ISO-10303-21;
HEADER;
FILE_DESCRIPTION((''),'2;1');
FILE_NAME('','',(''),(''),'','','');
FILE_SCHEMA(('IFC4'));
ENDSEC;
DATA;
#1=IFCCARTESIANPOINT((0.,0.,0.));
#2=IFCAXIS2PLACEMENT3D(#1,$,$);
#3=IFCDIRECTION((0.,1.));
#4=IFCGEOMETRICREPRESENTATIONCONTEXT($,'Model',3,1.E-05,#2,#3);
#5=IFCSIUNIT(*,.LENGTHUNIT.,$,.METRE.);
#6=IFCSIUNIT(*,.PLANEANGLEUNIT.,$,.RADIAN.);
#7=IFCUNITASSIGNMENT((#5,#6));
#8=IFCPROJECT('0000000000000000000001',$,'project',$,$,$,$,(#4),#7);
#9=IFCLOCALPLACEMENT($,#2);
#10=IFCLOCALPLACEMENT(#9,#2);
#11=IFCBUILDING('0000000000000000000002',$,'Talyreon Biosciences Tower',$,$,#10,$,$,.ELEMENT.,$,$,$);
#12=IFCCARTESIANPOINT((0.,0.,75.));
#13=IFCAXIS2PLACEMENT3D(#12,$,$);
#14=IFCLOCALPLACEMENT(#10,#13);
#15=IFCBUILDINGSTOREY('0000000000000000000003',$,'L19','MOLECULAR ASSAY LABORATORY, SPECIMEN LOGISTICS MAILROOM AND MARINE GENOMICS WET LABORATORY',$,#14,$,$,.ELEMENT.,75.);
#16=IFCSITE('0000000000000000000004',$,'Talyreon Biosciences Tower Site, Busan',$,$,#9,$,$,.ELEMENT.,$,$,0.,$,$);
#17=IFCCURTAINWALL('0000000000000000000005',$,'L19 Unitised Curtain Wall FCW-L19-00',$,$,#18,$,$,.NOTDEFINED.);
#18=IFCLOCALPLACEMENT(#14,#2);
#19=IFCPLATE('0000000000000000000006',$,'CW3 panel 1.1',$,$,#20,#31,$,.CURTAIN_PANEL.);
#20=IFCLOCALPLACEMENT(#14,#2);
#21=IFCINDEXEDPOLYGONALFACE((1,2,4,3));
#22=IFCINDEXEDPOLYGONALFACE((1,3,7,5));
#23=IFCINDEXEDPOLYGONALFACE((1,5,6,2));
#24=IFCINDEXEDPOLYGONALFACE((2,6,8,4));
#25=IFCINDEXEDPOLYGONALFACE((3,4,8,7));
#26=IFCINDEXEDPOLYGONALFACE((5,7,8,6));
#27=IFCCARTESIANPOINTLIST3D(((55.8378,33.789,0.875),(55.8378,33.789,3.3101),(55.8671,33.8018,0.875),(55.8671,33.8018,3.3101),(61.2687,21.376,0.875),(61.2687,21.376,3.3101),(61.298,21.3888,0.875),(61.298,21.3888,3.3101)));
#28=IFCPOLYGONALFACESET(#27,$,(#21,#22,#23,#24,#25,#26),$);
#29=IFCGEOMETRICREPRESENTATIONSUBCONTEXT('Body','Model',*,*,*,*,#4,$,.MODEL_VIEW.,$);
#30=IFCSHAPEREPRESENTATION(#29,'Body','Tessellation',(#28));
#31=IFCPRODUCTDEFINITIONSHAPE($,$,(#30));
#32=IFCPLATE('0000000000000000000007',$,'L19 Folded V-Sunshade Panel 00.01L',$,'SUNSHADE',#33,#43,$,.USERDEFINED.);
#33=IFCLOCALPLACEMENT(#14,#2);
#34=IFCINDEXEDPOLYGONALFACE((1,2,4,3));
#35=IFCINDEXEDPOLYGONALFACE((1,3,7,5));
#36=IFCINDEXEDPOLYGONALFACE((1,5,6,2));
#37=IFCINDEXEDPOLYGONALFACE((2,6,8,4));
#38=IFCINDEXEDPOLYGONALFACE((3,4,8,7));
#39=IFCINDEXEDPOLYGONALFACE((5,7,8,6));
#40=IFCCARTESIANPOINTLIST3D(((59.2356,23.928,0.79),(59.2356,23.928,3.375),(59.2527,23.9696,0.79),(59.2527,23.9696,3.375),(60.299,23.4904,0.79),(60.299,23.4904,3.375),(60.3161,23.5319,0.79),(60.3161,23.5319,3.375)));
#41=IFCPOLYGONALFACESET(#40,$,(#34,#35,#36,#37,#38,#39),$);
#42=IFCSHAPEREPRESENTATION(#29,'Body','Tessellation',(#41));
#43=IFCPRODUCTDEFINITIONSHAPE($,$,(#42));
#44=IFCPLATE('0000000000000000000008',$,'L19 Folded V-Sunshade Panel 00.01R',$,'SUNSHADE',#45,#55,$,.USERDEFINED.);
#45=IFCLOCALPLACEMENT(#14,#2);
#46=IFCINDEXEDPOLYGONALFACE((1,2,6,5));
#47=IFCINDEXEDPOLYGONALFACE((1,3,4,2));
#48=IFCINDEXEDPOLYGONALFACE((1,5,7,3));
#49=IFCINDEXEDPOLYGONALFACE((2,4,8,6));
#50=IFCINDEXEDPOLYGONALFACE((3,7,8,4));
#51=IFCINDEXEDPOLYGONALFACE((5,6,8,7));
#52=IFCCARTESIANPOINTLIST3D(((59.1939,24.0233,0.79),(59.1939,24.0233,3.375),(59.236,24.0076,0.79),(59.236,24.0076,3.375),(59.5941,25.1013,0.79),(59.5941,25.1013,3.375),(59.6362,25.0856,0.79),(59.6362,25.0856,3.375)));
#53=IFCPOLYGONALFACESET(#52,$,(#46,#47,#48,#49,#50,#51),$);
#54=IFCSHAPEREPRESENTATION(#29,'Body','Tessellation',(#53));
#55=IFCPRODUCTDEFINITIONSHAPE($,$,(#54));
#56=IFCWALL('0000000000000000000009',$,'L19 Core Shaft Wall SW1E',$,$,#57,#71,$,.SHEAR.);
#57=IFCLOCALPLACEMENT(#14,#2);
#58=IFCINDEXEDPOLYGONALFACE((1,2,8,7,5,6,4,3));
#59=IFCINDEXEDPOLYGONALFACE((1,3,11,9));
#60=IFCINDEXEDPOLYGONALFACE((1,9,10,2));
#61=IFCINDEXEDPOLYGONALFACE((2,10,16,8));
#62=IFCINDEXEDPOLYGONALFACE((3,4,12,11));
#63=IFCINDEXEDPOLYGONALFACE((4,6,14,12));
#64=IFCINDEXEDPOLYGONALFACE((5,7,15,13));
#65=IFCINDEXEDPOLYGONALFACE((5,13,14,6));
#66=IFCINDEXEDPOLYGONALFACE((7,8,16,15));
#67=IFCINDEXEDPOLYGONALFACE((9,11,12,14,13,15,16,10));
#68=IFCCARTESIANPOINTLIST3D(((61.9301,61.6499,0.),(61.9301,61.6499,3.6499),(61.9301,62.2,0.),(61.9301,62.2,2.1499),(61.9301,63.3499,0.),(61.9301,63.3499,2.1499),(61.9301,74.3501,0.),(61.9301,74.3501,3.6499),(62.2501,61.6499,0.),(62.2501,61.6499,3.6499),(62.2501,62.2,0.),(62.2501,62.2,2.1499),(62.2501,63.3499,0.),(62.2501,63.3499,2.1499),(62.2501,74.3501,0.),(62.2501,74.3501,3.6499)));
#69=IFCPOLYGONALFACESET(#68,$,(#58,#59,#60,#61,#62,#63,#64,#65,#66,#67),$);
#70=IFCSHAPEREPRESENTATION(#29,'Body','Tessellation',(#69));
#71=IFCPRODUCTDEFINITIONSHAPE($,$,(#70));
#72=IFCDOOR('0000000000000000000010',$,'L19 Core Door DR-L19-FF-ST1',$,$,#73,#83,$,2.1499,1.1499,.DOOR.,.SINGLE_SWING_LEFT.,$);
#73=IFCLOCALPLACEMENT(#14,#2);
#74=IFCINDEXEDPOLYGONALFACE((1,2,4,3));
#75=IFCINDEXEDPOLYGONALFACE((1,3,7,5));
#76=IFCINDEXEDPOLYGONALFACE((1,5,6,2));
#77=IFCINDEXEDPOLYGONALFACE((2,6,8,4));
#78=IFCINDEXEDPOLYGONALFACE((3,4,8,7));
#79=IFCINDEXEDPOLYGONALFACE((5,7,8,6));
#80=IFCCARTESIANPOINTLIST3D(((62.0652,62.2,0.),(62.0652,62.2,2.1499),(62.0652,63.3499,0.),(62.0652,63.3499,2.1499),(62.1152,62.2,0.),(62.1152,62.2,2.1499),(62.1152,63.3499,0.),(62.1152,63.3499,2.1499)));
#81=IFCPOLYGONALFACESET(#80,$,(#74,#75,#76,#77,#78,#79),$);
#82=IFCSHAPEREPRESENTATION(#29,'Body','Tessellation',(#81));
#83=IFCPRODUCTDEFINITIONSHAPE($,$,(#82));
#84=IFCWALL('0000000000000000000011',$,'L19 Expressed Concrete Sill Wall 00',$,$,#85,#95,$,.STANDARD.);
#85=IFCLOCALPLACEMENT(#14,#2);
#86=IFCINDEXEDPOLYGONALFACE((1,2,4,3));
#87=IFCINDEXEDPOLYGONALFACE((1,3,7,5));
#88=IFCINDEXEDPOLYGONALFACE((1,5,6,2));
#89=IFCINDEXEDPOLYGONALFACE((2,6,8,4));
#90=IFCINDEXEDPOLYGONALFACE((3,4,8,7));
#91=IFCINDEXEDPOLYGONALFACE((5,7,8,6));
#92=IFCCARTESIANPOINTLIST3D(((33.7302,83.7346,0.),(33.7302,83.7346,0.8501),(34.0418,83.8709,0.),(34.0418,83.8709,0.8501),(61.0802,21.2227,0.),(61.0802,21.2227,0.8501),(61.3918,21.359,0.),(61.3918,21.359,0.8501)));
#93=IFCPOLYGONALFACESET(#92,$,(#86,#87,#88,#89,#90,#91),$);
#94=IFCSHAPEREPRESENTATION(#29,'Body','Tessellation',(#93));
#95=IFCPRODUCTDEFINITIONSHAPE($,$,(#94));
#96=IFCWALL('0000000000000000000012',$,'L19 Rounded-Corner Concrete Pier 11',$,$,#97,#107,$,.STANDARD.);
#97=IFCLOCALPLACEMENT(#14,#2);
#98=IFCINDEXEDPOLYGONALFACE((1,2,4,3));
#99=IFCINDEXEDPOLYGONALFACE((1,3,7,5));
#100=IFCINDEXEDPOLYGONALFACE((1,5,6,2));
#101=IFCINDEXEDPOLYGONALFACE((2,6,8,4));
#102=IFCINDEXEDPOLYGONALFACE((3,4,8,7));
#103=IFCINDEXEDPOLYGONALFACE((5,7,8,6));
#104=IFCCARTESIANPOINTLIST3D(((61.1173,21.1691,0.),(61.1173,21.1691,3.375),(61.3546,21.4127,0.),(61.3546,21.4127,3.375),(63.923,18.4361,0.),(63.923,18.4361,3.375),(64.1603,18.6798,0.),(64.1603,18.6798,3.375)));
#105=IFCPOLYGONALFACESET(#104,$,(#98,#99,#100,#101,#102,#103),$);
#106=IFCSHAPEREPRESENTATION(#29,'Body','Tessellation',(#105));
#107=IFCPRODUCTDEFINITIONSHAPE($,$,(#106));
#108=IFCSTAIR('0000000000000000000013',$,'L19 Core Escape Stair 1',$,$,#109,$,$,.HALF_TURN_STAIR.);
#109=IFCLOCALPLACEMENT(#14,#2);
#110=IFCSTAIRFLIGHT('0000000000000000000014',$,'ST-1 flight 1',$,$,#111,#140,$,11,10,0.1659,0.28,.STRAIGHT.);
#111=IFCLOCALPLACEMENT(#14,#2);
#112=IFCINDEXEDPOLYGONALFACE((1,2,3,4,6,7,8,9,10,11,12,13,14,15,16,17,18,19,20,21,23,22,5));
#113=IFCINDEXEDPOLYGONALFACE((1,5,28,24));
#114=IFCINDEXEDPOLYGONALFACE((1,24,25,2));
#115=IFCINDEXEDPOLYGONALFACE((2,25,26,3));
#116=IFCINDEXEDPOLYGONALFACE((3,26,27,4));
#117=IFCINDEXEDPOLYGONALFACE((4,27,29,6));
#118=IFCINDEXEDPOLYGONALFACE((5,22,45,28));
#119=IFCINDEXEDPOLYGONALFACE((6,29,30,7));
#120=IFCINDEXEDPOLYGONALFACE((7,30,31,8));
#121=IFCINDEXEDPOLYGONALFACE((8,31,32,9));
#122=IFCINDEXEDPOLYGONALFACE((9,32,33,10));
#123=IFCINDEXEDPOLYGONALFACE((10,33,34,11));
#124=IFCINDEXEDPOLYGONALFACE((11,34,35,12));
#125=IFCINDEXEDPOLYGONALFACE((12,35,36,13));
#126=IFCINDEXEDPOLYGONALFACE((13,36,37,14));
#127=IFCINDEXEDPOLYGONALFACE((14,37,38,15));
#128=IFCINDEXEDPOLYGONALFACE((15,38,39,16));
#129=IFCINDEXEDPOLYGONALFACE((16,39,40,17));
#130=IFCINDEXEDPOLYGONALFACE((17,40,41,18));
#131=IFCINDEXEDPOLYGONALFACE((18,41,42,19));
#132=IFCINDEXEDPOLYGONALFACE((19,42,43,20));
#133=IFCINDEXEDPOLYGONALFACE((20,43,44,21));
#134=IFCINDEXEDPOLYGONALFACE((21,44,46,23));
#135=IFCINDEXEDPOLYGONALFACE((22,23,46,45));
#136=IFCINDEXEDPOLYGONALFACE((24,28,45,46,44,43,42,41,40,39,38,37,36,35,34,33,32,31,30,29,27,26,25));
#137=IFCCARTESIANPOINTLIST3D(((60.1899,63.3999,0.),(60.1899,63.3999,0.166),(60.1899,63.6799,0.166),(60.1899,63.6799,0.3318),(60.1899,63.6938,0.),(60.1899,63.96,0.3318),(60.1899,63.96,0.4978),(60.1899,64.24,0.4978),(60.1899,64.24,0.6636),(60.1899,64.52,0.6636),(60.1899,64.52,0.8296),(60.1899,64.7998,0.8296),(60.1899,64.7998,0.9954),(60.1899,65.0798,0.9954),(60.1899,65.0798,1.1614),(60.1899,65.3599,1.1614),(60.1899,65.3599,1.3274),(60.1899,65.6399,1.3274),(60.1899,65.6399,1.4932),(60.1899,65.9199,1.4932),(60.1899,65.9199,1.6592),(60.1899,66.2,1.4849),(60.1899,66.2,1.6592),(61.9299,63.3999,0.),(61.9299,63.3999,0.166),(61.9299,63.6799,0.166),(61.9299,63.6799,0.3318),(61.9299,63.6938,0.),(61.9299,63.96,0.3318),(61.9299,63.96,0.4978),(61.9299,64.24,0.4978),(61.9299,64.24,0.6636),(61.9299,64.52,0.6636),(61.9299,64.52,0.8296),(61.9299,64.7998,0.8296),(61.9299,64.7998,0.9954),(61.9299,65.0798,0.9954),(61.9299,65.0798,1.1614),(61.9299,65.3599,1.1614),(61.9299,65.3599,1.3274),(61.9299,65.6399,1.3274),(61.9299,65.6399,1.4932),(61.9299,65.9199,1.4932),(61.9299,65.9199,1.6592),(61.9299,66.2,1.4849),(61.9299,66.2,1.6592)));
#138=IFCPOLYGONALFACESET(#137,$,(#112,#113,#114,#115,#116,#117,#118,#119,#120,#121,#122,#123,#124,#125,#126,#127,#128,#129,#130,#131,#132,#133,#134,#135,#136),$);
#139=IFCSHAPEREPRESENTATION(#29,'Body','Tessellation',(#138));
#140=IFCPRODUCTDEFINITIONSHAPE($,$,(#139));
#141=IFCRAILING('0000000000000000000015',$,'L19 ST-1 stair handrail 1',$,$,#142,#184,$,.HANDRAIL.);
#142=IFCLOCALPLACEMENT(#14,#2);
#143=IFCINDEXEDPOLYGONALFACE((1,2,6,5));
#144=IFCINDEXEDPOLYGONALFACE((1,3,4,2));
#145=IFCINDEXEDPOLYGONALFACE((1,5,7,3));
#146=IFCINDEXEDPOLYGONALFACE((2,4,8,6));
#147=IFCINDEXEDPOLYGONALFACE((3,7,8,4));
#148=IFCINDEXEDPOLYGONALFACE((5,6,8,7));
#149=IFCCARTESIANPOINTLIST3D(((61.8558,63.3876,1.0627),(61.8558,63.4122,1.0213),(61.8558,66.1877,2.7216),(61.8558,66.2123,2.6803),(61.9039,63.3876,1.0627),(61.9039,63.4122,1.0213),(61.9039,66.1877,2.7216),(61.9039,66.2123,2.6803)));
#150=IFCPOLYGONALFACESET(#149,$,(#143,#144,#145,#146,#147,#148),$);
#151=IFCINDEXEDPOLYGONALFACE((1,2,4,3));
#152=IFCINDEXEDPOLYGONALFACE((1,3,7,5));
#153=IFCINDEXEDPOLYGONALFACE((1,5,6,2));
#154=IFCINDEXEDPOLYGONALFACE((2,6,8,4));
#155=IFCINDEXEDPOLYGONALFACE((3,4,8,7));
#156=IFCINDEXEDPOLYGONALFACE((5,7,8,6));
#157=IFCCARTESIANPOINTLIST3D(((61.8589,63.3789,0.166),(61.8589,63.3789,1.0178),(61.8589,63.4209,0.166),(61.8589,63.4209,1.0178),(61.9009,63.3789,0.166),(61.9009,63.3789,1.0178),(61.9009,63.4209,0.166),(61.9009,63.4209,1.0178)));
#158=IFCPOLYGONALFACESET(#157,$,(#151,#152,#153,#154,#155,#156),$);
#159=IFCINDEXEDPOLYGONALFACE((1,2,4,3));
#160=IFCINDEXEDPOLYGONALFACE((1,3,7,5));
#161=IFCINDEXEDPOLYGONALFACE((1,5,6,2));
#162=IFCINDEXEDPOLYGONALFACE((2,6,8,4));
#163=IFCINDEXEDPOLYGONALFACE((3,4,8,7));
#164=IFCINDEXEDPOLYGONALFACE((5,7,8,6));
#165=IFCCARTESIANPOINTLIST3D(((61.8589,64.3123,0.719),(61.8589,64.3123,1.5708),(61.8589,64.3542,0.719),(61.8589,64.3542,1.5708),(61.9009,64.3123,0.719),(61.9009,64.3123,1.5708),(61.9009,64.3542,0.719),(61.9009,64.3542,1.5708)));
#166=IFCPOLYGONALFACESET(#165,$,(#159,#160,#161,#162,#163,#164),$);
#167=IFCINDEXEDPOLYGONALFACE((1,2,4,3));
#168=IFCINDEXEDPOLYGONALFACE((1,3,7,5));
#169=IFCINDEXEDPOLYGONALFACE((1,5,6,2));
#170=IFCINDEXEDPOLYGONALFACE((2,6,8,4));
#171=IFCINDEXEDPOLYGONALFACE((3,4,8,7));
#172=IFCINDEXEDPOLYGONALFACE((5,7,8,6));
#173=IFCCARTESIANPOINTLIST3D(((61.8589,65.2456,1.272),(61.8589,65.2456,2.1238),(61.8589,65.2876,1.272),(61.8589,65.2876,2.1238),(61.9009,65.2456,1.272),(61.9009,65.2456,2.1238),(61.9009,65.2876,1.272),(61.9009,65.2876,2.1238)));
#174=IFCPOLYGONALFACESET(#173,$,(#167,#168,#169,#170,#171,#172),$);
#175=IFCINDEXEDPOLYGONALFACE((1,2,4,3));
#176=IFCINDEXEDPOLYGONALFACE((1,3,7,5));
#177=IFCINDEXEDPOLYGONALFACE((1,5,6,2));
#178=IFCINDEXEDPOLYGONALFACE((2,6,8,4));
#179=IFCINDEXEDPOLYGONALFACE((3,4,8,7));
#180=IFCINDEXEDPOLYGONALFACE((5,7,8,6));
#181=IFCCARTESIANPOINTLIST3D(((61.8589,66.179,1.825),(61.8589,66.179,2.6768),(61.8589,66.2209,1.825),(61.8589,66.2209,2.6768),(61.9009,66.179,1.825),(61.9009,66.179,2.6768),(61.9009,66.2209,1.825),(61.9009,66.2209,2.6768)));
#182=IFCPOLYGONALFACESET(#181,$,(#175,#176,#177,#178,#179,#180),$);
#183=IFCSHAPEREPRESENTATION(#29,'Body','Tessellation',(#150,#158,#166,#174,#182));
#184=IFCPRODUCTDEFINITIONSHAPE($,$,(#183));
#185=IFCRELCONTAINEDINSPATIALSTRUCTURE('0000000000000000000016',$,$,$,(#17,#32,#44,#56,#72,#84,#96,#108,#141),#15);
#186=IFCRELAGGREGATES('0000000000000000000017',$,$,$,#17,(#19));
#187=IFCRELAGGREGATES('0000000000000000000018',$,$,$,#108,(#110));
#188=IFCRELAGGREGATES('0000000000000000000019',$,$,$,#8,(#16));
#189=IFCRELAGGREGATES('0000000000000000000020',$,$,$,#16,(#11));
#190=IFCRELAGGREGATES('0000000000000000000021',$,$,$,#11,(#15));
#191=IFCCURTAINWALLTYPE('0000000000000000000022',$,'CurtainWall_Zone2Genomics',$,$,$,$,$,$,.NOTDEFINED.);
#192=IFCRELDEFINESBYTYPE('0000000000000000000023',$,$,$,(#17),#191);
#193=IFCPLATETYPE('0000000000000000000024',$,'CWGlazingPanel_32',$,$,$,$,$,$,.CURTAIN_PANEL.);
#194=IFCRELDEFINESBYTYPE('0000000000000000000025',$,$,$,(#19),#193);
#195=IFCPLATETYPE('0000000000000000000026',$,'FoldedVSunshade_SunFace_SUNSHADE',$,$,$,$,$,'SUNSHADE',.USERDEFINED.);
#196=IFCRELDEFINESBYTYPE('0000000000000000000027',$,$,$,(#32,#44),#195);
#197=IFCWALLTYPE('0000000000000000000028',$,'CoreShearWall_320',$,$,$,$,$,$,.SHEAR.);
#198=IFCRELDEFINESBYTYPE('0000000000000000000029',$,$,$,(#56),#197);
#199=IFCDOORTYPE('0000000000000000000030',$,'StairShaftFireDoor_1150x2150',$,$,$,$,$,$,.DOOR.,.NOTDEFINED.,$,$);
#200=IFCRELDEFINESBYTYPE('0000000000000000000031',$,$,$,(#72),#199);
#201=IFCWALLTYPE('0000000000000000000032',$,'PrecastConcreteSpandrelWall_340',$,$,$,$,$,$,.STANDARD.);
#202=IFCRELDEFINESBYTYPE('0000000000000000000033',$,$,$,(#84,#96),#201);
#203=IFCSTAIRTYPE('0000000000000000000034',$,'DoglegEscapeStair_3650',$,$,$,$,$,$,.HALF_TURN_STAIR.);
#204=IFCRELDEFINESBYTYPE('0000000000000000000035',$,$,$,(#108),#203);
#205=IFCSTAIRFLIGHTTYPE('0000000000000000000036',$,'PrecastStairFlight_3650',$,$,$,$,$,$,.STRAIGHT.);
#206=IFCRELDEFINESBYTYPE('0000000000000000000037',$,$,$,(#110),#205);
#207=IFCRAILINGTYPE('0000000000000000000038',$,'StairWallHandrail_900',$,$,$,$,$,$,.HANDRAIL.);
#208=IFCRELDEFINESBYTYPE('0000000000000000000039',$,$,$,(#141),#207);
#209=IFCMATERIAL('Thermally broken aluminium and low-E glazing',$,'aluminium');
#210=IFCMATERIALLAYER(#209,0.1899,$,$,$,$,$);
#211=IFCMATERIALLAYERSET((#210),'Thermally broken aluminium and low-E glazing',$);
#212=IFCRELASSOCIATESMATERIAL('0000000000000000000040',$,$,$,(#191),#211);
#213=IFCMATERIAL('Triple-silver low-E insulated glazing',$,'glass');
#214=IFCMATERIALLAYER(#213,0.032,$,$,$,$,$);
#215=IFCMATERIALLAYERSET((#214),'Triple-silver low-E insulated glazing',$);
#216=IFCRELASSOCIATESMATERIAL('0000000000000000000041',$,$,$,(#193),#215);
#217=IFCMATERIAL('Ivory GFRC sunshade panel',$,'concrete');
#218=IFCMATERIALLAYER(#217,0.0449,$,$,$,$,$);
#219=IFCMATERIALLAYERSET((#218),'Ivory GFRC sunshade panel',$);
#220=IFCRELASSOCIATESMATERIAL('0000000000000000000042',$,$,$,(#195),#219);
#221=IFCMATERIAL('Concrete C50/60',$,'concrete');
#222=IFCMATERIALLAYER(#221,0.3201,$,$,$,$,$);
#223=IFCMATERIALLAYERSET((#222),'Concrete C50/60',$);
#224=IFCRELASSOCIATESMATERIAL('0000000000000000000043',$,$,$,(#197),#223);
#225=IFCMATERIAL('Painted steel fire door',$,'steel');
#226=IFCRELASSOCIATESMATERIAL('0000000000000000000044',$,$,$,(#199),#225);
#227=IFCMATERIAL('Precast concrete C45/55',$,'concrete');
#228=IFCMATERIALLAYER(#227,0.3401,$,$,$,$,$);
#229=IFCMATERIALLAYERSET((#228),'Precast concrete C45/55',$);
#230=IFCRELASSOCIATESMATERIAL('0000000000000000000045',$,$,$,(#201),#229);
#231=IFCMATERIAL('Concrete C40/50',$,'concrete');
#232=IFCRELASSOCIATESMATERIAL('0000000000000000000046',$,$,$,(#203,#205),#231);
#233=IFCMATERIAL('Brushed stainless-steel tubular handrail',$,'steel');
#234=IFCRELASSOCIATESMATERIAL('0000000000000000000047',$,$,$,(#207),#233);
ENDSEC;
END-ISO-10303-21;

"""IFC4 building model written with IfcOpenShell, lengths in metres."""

from ifc_helpers import new_model, si_unit, direction, frame, frame_2d, origin, origin_2d, place, context, subcontext, project, spatial, polyline, rectangle, outline, extrude, material, layer, layer_set, type_object, element, fill, aggregate, save


model = new_model("IFC4")

# Units and contexts
model_context = context("Model", 3, precision=1e-05, world=origin(), true_north=direction((0.0, 1.0)))
body_context = subcontext(model_context, "Body", "Model", "MODEL_VIEW")
ifc_project = project(units=[si_unit("LENGTHUNIT", "METRE"), si_unit("PLANEANGLEUNIT", "RADIAN")], contexts=[model_context])

# Site, building, storey
site_placement = place(None, origin())
site = spatial("IfcSite", under=ifc_project, at=site_placement, Name="Talyreon Biosciences Tower Site, Busan", CompositionType="ELEMENT", RefElevation=0.0)
building_placement = place(site_placement, origin())
building = spatial("IfcBuilding", under=site, at=building_placement, Name="Talyreon Biosciences Tower", CompositionType="ELEMENT")
storey_placement = place(building_placement, frame((0.0, 0.0, 75.0)))
storey = spatial("IfcBuildingStorey", under=building, at=storey_placement, Name="L19", Description="MOLECULAR ASSAY LABORATORY, SPECIMEN LOGISTICS MAILROOM AND MARINE GENOMICS WET LABORATORY", CompositionType="ELEMENT", Elevation=75.0)

# Shared definitions
ifc_material_1 = material(Name="Concrete C50/60", Category="concrete")

# Curtain wall
ifc_material_2 = material(Name="Thermally broken aluminium and low-E glazing", Category="aluminium")
ifc_layer_1 = layer(ifc_material_2, 0.1899)
ifc_layer_set_1 = layer_set([ifc_layer_1], Name="Thermally broken aluminium and low-E glazing")
curtain_wall_type = type_object("IfcCurtainWallType", Name="CurtainWall_Zone2Genomics", PredefinedType="NOTDEFINED", material=ifc_layer_set_1)
curtain_wall_placement = place(storey_placement, origin())
curtain_wall = element("IfcCurtainWall", 1, at=curtain_wall_placement, inside=storey, type_object=curtain_wall_type, Name="L19 Unitised Curtain Wall FCW-L19-00", PredefinedType="NOTDEFINED")

# Shared definitions
ifc_material_3 = material(Name="Precast concrete C45/55", Category="concrete")

# Plate
ifc_material_4 = material(Name="Triple-silver low-E insulated glazing", Category="glass")
ifc_layer_2 = layer(ifc_material_4, 0.032)
ifc_layer_set_2 = layer_set([ifc_layer_2], Name="Triple-silver low-E insulated glazing")
plate_type_1 = type_object("IfcPlateType", Name="CWGlazingPanel_32", PredefinedType="CURTAIN_PANEL", material=ifc_layer_set_2)
plate_placement = place(storey_placement, frame((58.5679, 27.5889, 0.875), z_axis=(0.0, 0.0, 1.0), x_axis=(-0.400831, 0.916152, 0.0)))
plate = element("IfcPlate", 2, at=plate_placement, type_object=plate_type_1, Name="CW3 panel 1.1", PredefinedType="CURTAIN_PANEL", context=body_context, shape_type="SweptSolid", body=[
    extrude(rectangle(XDim=13.5491, YDim=0.032, at=origin_2d()), origin(), (0.0, 0.0, 1.0), 2.4351),
])
aggregate(curtain_wall, [plate])

# Plates
ifc_material_5 = material(Name="Ivory GFRC sunshade panel", Category="concrete")
ifc_layer_3 = layer(ifc_material_5, 0.0449)
ifc_layer_set_3 = layer_set([ifc_layer_3], Name="Ivory GFRC sunshade panel")
plate_type_2 = type_object("IfcPlateType", Name="FoldedVSunshade_SunFace_SUNSHADE", ElementType="SUNSHADE", PredefinedType="USERDEFINED", material=ifc_layer_set_3)
for number, where, z_axis, x_axis, name in (
    (3, (59.7759, 23.73, 0.79), (0.0, 0.0, 1.0), (-0.924745, 0.380586, 0.0), "L19 Folded V-Sunshade Panel 00.01L"),
    (4, (59.415, 24.5544, 0.79), (0.0, 0.0, 1.0), (0.348081, 0.937464, 0.0), "L19 Folded V-Sunshade Panel 00.01R"),
):
    element("IfcPlate", number, at=place(storey_placement, frame(where, z_axis=z_axis, x_axis=x_axis)), inside=storey, type_object=plate_type_2, Name=name, ObjectType="SUNSHADE", PredefinedType="USERDEFINED", context=body_context, shape_type="SweptSolid", body=[
        extrude(rectangle(XDim=1.1499, YDim=0.0449, at=origin_2d()), origin(), (0.0, 0.0, 1.0), 2.585),
    ])

# Wall, opening, door
ifc_layer_4 = layer(ifc_material_1, 0.3201)
ifc_layer_set_4 = layer_set([ifc_layer_4], Name="Concrete C50/60")
wall_type_1 = type_object("IfcWallType", Name="CoreShearWall_320", PredefinedType="SHEAR", material=ifc_layer_set_4)
wall_1_placement = place(storey_placement, frame((62.0901, 61.6499, 0.0), z_axis=(0.0, 0.0, 1.0), x_axis=(0.0, 1.0, 0.0)))
wall_1 = element("IfcWall", 5, at=wall_1_placement, inside=storey, type_object=wall_type_1, Name="L19 Core Shaft Wall SW1E", PredefinedType="SHEAR", context=body_context, shape_type="SweptSolid", body=[
    extrude(rectangle(XDim=12.7002, YDim=0.3201, at=frame_2d((6.3501, 0.0))), origin(), (0.0, 0.0, 1.0), 3.6499),
])
opening_1_placement = place(wall_1_placement, frame((0.55, 0.0, 0.0)))
opening_1 = element("IfcOpeningElement", 6, at=opening_1_placement, cuts=wall_1, PredefinedType="OPENING", context=body_context, shape_type="SweptSolid", body=[
    extrude(rectangle(XDim=1.1499, YDim=2.1499, at=frame_2d((0.575, 1.075))), frame((0.0, 0.1699, 0.0), z_axis=(0.0, -1.0, 0.0), x_axis=(1.0, 0.0, 0.0)), (0.0, 0.0, 1.0), 0.3401),
])
ifc_material_6 = material(Name="Painted steel fire door", Category="steel")
door_type_1 = type_object("IfcDoorType", Name="StairShaftFireDoor_1150x2150", OperationType="NOTDEFINED", PredefinedType="DOOR", material=ifc_material_6)
door_1_placement = place(opening_1_placement, origin())
door_1 = element("IfcDoor", 7, at=door_1_placement, inside=storey, type_object=door_type_1, Name="L19 Core Door DR-L19-FF-ST1", OperationType="SINGLE_SWING_LEFT", OverallHeight=2.1499, OverallWidth=1.1499, PredefinedType="DOOR", context=body_context, shape_type="SweptSolid", body=[
    extrude(rectangle(XDim=1.1499, YDim=2.1499, at=frame_2d((0.575, 1.075))), frame((0.0, 0.0249, 0.0), z_axis=(0.0, -1.0, 0.0), x_axis=(1.0, 0.0, 0.0)), (0.0, 0.0, 1.0), 0.05),
])
fill(opening_1, door_1)

# Walls
ifc_layer_5 = layer(ifc_material_3, 0.3401)
ifc_layer_set_5 = layer_set([ifc_layer_5], Name="Precast concrete C45/55")
wall_type_2 = type_object("IfcWallType", Name="PrecastConcreteSpandrelWall_340", PredefinedType="STANDARD", material=ifc_layer_set_5)
wall_2_placement = place(storey_placement, frame((61.2361, 21.2908, 0.0), z_axis=(0.0, 0.0, 1.0), x_axis=(-0.400833, 0.916151, 0.0)))
element("IfcWall", 8, at=wall_2_placement, inside=storey, type_object=wall_type_2, Name="L19 Expressed Concrete Sill Wall 00", PredefinedType="STANDARD", context=body_context, shape_type="SweptSolid", body=[
    extrude(rectangle(XDim=68.2332, YDim=0.3401, at=frame_2d((34.1167, 0.0))), origin(), (0.0, 0.0, 1.0), 0.8501),
])
wall_3_placement = place(storey_placement, frame((64.0417, 18.5579, 0.0), z_axis=(0.0, 0.0, 1.0), x_axis=(-0.716333, 0.697758, 0.0)))
element("IfcWall", 9, at=wall_3_placement, inside=storey, type_object=wall_type_2, Name="L19 Rounded-Corner Concrete Pier 11", PredefinedType="STANDARD", context=body_context, shape_type="SweptSolid", body=[
    extrude(rectangle(XDim=3.9167, YDim=0.3401, at=frame_2d((1.9585, 0.0))), origin(), (0.0, 0.0, 1.0), 3.375),
])

# Stair, stair flight
ifc_material_7 = material(Name="Concrete C40/50", Category="concrete")
stair_type = type_object("IfcStairType", Name="DoglegEscapeStair_3650", PredefinedType="HALF_TURN_STAIR", material=ifc_material_7)
stair_placement = place(storey_placement, origin())
stair = element("IfcStair", 10, at=stair_placement, inside=storey, type_object=stair_type, Name="L19 Core Escape Stair 1", PredefinedType="HALF_TURN_STAIR")
stair_flight_type = type_object("IfcStairFlightType", Name="PrecastStairFlight_3650", PredefinedType="STRAIGHT", material=ifc_material_7)
stair_flight_placement = place(storey_placement, frame((61.0601, 63.3999, 0.0), z_axis=(0.0, 0.0, 1.0), x_axis=(0.0, 1.0, 0.0)))
stair_flight = element("IfcStairFlight", 11, at=stair_flight_placement, type_object=stair_flight_type, Name="ST-1 flight 1", NumberOfRisers=11, NumberOfTreads=10, PredefinedType="STRAIGHT", RiserHeight=0.1659, TreadLength=0.28, context=body_context, shape_type="SweptSolid", body=[
    extrude(outline(polyline([(0.0, 0.0), (0.0, 0.166), (0.28, 0.166), (0.28, 0.3318), (0.5601, 0.3318), (0.5601, 0.4978), (0.8401, 0.4978), (0.8401, 0.6636), (1.1201, 0.6636), (1.1201, 0.8296), (1.3999, 0.8296), (1.3999, 0.9954), (1.6799, 0.9954), (1.6799, 1.1614), (1.96, 1.1614), (1.96, 1.3274), (2.24, 1.3274), (2.24, 1.4932), (2.52, 1.4932), (2.52, 1.6592), (2.8, 1.6592), (2.8, 1.825), (2.8, 1.4849), (0.2939, 0.0), (0.0, 0.0)])), frame((0.0, 0.8701, 0.0), z_axis=(0.0, -1.0, 0.0), x_axis=(1.0, 0.0, 0.0)), (0.0, 0.0, 1.0), 1.74),
])
aggregate(stair, [stair_flight])

# Railing
ifc_material_8 = material(Name="Brushed stainless-steel tubular handrail", Category="steel")
railing_type_1 = type_object("IfcRailingType", Name="StairWallHandrail_900", PredefinedType="HANDRAIL", material=ifc_material_8)
railing_1_placement = place(storey_placement, frame((61.8799, 63.3999, 0.166)))
element("IfcRailing", 12, at=railing_1_placement, inside=storey, type_object=railing_type_1, Name="L19 ST-1 stair handrail 1", PredefinedType="HANDRAIL", context=body_context, shape_type="SweptSolid", body=[
    extrude(rectangle(XDim=0.0481, YDim=0.0481, at=origin_2d()), frame((0.0, 0.0, 0.876), z_axis=(0.0, 0.860339, 0.509722), x_axis=(-1.0, 0.0, 0.0)), (0.0, 0.0, 1.0), 3.2546),
    extrude(rectangle(XDim=0.042, YDim=0.042, at=origin_2d()), origin(), (0.0, 0.0, 1.0), 0.8518),
    extrude(rectangle(XDim=0.042, YDim=0.042, at=origin_2d()), frame((0.0, 0.9333, 0.553)), (0.0, 0.0, 1.0), 0.8518),
    extrude(rectangle(XDim=0.042, YDim=0.042, at=origin_2d()), frame((0.0, 1.8667, 1.106)), (0.0, 0.0, 1.0), 0.8518),
    extrude(rectangle(XDim=0.042, YDim=0.042, at=origin_2d()), frame((0.0, 2.8, 1.6589)), (0.0, 0.0, 1.0), 0.8518),
])

save(model, "model.ifc")
